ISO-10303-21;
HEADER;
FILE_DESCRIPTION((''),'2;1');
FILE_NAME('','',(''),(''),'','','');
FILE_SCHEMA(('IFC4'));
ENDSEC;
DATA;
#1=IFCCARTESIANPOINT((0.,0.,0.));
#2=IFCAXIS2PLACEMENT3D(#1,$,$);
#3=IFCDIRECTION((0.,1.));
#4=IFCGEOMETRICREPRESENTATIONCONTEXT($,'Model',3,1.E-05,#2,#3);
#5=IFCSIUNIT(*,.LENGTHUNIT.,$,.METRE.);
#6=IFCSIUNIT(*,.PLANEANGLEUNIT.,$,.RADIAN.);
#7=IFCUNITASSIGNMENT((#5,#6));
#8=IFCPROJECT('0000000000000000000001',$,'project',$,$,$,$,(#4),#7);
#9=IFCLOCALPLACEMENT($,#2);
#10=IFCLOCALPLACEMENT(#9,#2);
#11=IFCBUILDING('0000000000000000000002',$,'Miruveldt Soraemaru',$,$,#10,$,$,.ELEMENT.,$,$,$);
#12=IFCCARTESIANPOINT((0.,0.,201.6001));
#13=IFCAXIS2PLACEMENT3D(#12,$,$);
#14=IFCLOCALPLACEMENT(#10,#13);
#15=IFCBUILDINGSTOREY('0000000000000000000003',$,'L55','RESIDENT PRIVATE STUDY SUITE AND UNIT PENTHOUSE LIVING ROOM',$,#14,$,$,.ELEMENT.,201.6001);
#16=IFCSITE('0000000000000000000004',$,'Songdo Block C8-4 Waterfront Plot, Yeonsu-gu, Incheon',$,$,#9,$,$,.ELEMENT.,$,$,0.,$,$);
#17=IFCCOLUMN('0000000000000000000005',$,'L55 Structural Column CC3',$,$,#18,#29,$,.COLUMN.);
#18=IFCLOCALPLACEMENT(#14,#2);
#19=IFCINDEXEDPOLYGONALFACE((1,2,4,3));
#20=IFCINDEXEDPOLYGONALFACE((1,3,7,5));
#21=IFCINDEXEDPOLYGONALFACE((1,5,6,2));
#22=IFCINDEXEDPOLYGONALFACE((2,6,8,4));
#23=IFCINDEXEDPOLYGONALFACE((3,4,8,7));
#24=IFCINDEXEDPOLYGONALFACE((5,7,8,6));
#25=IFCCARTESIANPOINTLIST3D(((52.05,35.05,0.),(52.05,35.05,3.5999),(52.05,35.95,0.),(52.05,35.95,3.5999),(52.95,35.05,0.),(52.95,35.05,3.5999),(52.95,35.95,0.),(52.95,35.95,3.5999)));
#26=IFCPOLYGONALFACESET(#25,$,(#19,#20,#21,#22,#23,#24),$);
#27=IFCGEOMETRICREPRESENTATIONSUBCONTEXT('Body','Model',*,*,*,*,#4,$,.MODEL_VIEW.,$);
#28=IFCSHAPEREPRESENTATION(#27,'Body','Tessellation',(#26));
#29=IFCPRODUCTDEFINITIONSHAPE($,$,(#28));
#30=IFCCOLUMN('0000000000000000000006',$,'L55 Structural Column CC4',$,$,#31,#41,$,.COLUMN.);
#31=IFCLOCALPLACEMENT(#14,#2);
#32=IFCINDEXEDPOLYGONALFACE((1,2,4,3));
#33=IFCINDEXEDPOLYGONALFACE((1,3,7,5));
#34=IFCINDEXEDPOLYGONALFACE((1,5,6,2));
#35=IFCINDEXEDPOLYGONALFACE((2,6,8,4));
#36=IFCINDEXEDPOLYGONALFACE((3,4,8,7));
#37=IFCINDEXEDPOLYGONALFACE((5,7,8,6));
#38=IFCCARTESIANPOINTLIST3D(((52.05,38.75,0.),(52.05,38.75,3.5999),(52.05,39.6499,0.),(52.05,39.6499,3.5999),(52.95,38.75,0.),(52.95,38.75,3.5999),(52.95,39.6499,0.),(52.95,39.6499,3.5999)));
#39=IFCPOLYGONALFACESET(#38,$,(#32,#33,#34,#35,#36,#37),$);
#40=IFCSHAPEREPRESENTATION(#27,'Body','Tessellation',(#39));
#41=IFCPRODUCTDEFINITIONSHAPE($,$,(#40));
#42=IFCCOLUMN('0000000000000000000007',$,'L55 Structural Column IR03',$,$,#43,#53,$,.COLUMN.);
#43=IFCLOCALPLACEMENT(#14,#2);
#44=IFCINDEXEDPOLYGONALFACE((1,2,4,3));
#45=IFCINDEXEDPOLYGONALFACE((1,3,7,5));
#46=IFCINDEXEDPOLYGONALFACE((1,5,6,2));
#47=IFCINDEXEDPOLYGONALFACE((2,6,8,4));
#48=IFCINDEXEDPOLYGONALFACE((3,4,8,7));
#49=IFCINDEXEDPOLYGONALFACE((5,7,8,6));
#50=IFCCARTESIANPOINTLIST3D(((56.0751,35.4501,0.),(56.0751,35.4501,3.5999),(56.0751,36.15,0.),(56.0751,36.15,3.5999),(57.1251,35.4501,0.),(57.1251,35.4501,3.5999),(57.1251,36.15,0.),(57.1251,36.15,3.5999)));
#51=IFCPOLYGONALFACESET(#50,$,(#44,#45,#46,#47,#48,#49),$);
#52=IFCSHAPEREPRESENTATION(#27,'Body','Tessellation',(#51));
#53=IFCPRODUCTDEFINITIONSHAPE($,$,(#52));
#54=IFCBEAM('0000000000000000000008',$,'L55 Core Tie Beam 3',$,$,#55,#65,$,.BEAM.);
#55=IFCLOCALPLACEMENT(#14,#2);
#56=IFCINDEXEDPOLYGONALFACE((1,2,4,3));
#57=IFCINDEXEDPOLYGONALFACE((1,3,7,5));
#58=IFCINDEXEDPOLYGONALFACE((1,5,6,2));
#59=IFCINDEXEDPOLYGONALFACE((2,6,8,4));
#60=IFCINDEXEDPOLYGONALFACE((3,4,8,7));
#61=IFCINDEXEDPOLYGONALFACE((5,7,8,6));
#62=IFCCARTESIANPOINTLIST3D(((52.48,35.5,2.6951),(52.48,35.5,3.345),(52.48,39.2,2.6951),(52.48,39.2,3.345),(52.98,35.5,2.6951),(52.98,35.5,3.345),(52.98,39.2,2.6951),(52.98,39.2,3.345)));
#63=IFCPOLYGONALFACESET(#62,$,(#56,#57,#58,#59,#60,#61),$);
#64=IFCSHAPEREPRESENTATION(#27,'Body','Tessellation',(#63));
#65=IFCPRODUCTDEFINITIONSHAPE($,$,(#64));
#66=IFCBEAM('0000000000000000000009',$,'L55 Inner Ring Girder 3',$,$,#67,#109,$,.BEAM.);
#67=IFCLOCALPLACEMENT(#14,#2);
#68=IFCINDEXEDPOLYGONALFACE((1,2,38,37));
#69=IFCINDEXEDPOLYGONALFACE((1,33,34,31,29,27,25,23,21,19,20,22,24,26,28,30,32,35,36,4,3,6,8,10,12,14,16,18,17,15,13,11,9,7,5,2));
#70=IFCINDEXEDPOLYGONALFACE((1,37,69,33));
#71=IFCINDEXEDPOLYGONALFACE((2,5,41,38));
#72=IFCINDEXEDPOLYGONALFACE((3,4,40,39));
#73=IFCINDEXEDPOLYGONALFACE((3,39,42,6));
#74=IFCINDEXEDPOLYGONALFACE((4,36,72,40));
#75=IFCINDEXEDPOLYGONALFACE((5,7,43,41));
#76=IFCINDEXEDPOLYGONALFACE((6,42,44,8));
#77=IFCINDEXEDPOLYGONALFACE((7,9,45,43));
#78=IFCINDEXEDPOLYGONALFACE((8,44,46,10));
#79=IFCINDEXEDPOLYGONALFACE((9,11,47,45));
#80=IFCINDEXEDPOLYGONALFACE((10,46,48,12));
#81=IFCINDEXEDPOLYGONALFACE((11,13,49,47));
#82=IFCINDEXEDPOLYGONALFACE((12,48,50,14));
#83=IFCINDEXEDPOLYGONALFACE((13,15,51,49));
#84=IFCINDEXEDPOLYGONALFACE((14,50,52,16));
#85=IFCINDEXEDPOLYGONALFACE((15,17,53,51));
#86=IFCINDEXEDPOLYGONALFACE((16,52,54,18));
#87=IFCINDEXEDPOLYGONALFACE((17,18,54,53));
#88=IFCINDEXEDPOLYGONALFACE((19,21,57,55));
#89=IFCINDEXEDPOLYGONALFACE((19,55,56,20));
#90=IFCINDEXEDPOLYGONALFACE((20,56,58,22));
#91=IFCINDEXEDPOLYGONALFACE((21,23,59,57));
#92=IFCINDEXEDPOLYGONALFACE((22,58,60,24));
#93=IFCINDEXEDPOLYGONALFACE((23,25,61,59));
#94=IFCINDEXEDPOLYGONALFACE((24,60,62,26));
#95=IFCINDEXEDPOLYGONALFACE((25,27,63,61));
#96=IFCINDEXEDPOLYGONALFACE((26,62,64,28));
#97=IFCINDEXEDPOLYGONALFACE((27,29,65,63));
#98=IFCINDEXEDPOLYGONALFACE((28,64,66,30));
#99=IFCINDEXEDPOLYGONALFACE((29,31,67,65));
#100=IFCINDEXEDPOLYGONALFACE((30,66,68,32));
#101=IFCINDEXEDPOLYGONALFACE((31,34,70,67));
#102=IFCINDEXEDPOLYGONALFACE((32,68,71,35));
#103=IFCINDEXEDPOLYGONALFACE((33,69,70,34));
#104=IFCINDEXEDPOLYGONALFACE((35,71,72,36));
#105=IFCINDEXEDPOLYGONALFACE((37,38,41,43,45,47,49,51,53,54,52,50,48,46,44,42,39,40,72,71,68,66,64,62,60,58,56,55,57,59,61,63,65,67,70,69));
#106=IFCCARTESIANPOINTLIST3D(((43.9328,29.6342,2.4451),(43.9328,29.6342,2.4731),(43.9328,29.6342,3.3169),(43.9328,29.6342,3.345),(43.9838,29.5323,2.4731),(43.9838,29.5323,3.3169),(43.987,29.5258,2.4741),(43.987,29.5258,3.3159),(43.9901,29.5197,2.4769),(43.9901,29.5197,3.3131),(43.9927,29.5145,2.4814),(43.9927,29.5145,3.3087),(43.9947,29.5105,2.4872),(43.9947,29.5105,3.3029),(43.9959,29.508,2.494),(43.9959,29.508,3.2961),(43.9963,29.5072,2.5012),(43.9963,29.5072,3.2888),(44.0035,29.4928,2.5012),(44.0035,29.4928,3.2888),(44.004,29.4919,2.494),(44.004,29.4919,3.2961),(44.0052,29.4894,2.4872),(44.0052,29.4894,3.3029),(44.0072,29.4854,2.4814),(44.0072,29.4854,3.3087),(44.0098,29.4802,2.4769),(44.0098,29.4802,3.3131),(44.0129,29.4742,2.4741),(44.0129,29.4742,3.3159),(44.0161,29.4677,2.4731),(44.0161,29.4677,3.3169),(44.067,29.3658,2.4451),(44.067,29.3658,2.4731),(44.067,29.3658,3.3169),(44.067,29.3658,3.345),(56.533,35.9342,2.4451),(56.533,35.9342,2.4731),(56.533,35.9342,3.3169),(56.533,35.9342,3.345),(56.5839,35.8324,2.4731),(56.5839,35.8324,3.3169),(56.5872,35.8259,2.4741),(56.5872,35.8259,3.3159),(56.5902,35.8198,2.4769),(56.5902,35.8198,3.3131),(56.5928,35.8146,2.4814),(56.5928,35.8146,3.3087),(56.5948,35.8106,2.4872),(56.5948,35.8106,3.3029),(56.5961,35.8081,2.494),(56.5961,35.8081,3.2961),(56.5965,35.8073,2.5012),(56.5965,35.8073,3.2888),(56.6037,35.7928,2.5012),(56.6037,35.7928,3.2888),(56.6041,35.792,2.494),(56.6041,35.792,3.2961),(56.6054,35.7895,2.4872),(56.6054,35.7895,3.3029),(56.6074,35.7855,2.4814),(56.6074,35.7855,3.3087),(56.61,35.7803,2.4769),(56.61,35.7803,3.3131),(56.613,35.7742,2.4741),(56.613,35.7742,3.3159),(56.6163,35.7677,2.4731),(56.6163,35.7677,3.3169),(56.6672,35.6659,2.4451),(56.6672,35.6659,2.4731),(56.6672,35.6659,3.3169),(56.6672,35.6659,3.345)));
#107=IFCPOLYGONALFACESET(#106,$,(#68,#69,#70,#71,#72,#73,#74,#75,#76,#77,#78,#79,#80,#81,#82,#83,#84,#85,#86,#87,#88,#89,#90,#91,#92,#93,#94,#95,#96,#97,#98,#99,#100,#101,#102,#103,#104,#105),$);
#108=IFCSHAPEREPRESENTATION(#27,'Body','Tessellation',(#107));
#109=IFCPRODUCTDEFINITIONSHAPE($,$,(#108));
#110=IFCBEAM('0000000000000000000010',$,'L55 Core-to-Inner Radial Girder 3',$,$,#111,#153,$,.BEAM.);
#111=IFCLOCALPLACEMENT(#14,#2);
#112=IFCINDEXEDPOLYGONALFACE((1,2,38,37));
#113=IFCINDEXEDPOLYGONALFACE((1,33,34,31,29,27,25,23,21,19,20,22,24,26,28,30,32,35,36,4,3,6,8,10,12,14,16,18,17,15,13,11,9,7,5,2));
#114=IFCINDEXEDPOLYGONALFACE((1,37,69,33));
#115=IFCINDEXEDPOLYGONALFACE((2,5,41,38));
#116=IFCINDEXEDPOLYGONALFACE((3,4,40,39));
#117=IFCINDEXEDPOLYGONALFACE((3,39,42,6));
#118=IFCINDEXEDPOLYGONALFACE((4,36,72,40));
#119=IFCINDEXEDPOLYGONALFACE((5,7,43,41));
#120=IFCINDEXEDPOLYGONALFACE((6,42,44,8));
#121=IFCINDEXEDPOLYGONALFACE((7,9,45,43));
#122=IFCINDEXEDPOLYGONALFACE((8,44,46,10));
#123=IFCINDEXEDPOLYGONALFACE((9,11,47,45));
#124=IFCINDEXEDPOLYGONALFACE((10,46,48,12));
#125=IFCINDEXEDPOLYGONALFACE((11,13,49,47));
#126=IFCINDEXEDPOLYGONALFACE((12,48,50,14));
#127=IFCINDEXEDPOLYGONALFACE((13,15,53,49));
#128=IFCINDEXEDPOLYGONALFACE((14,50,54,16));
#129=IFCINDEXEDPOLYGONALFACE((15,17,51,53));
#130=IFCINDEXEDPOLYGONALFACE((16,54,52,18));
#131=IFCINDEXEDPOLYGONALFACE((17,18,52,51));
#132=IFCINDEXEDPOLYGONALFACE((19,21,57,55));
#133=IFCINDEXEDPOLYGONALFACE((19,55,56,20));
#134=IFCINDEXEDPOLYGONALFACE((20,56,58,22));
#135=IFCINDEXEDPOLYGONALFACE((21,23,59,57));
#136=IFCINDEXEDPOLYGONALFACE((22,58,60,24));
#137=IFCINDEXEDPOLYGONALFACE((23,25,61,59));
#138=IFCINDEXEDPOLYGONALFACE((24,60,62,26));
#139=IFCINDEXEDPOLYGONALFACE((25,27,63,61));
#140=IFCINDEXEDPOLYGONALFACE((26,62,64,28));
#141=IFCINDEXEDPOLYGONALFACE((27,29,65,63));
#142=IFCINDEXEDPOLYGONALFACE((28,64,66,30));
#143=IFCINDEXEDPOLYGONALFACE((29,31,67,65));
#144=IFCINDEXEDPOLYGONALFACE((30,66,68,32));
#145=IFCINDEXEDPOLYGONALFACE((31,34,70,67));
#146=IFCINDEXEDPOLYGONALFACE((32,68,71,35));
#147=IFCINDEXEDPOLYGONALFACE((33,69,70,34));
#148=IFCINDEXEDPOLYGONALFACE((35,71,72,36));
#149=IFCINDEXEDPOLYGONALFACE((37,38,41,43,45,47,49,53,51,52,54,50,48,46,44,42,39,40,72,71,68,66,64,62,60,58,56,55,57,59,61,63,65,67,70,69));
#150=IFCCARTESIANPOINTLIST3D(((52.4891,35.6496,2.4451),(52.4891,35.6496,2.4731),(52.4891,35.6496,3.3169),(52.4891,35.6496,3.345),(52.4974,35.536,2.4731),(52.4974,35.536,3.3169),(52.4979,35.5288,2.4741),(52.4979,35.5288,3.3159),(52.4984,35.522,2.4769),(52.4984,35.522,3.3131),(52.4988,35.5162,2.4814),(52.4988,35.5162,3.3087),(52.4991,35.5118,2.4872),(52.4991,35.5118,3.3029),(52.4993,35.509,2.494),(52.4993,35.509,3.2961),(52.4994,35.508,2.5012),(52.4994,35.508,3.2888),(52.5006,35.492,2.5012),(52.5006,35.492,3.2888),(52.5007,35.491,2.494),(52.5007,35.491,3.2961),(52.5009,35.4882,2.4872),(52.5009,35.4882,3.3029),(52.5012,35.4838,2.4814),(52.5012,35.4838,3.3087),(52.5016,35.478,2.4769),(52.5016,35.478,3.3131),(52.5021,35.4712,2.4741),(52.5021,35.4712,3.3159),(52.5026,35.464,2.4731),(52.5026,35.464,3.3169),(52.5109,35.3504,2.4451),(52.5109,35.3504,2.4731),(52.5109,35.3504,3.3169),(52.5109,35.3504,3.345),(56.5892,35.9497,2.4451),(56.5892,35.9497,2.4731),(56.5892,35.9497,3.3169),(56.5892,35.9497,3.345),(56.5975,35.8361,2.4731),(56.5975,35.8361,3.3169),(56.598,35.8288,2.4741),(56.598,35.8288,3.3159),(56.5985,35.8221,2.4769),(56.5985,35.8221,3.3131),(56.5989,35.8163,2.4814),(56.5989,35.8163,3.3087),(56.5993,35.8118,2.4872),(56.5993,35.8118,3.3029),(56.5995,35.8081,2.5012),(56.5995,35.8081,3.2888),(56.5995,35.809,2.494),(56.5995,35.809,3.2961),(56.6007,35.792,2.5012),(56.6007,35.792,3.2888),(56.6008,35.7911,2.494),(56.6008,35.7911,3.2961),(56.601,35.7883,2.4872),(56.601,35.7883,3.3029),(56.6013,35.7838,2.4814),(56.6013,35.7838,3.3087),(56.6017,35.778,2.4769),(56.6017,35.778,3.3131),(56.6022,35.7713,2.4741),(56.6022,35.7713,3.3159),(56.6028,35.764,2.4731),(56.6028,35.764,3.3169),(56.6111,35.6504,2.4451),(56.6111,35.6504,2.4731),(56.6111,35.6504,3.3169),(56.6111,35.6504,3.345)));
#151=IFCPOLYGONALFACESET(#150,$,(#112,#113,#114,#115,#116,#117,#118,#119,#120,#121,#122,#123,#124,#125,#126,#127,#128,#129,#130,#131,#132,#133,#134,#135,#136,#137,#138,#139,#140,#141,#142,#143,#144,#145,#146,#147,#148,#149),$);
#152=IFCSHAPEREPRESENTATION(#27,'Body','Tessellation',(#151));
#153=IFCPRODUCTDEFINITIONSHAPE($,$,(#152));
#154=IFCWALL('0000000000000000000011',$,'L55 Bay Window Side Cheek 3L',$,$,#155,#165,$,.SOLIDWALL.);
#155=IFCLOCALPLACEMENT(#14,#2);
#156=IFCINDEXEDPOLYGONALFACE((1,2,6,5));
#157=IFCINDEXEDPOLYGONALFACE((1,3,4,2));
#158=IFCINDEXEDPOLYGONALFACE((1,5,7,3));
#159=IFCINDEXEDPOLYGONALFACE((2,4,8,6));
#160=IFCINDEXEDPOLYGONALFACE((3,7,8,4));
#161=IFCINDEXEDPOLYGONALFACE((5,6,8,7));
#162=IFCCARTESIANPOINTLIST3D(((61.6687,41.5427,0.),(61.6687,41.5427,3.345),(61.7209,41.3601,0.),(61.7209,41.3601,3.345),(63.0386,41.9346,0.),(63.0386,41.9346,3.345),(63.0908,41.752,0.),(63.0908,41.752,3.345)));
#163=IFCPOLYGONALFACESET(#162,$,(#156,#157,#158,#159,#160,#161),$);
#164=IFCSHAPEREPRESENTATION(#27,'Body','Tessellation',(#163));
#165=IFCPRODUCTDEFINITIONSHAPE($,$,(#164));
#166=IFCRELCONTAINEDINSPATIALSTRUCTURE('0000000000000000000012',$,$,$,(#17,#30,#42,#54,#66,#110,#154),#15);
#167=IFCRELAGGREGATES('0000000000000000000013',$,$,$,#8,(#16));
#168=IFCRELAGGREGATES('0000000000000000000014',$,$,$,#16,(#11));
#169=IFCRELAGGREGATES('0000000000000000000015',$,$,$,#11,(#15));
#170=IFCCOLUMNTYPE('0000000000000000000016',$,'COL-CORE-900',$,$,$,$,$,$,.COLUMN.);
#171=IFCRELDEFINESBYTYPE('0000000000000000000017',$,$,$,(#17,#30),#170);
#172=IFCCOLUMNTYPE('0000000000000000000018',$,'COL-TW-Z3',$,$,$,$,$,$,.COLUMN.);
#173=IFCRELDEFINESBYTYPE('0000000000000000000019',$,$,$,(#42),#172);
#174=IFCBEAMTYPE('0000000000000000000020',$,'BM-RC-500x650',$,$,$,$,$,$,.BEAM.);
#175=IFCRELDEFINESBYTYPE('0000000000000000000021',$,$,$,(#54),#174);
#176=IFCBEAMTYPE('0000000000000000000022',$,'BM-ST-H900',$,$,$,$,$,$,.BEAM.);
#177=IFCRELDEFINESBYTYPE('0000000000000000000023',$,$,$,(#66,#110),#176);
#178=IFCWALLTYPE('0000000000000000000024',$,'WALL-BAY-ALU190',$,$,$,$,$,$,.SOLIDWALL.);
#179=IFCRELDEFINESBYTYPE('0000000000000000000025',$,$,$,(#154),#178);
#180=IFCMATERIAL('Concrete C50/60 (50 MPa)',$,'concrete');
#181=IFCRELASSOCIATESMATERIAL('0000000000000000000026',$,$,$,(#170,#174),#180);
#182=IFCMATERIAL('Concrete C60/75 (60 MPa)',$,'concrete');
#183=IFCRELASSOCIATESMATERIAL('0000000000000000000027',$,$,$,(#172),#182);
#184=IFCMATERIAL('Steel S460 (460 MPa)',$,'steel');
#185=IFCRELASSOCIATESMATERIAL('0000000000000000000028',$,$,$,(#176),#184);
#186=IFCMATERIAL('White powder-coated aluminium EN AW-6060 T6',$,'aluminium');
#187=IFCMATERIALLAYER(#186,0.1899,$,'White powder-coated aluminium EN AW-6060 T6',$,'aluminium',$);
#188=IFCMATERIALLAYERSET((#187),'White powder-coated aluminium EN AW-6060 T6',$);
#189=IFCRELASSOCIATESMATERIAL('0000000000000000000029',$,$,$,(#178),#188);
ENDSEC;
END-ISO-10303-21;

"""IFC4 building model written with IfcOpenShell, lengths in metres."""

from ifc_helpers import new_model, si_unit, direction, frame, frame_2d, origin, origin_2d, place, context, subcontext, project, spatial, rectangle, i_section, extrude, material, layer, layer_set, material_profile, profile_set, type_object, element, save


model = new_model("IFC4")

# Units and contexts
model_context = context("Model", 3, precision=1e-05, world=origin(), true_north=direction((0.0, 1.0)))
body_context = subcontext(model_context, "Body", "Model", "MODEL_VIEW")
ifc_project = project(units=[si_unit("LENGTHUNIT", "METRE"), si_unit("PLANEANGLEUNIT", "RADIAN")], contexts=[model_context])

# Site, building, storey
site_placement = place(None, origin())
site = spatial("IfcSite", under=ifc_project, at=site_placement, Name="Songdo Block C8-4 Waterfront Plot, Yeonsu-gu, Incheon", CompositionType="ELEMENT", RefElevation=0.0)
building_placement = place(site_placement, origin())
building = spatial("IfcBuilding", under=site, at=building_placement, Name="Miruveldt Soraemaru", CompositionType="ELEMENT")
storey_placement = place(building_placement, frame((0.0, 0.0, 201.6001)))
storey = spatial("IfcBuildingStorey", under=building, at=storey_placement, Name="L55", Description="RESIDENT PRIVATE STUDY SUITE AND UNIT PENTHOUSE LIVING ROOM", CompositionType="ELEMENT", Elevation=201.6001)

# Columns
ifc_material_1 = material(Name="Concrete C50/60 (50 MPa)", Category="concrete")
ifc_material_profile_1 = material_profile(ifc_material_1, rectangle(XDim=0.8999, YDim=0.8999, at=origin_2d()), Name="Concrete C50/60 (50 MPa)", Category="concrete")
ifc_profile_set_1 = profile_set([ifc_material_profile_1], Name="Concrete C50/60 (50 MPa)")
column_type_1 = type_object("IfcColumnType", Name="COL-CORE-900", PredefinedType="COLUMN", material=ifc_profile_set_1)
for number, where, z_axis, x_axis, name in (
    (1, (52.5, 35.5, 0.0), (0.0, 0.0, 1.0), (1.0, 0.0, 0.0), "L55 Structural Column CC3"),
    (2, (52.5, 39.2, 0.0), (0.0, 0.0, 1.0), (1.0, 0.0, 0.0), "L55 Structural Column CC4"),
):
    element("IfcColumn", number, at=place(storey_placement, frame(where, z_axis=z_axis, x_axis=x_axis)), inside=storey, type_object=column_type_1, Name=name, PredefinedType="COLUMN", context=body_context, shape_type="SweptSolid", body=[
        extrude(rectangle(XDim=0.8999, YDim=0.8999, at=origin_2d()), origin(), (0.0, 0.0, 1.0), 3.5999),
    ])
ifc_material_2 = material(Name="Concrete C60/75 (60 MPa)", Category="concrete")
ifc_material_profile_2 = material_profile(ifc_material_2, rectangle(XDim=1.05, YDim=0.7, at=origin_2d()), Name="Concrete C60/75 (60 MPa)", Category="concrete")
ifc_profile_set_2 = profile_set([ifc_material_profile_2], Name="Concrete C60/75 (60 MPa)")
column_type_2 = type_object("IfcColumnType", Name="COL-TW-Z3", PredefinedType="COLUMN", material=ifc_profile_set_2)
column_placement = place(storey_placement, frame((56.6001, 35.8, 0.0), z_axis=(0.0, 0.0, 1.0), x_axis=(1.0, 0.0, 0.0)))
element("IfcColumn", 3, at=column_placement, inside=storey, type_object=column_type_2, Name="L55 Structural Column IR03", PredefinedType="COLUMN", context=body_context, shape_type="SweptSolid", body=[
    extrude(rectangle(XDim=1.05, YDim=0.7, at=origin_2d()), origin(), (0.0, 0.0, 1.0), 3.5999),
])

# Beams
ifc_material_profile_3 = material_profile(ifc_material_1, rectangle(XDim=0.5, YDim=0.6499, at=origin_2d()), Name="Concrete C50/60 (50 MPa)", Category="concrete")
ifc_profile_set_3 = profile_set([ifc_material_profile_3], Name="Concrete C50/60 (50 MPa)")
beam_type_1 = type_object("IfcBeamType", Name="BM-RC-500x650", PredefinedType="BEAM", material=ifc_profile_set_3)
beam_1_placement = place(storey_placement, frame((52.73, 35.5, 3.02), z_axis=(0.0, 1.0, 0.0), x_axis=(-1.0, 0.0, 0.0)))
element("IfcBeam", 4, at=beam_1_placement, inside=storey, type_object=beam_type_1, Name="L55 Core Tie Beam 3", PredefinedType="BEAM", context=body_context, shape_type="SweptSolid", body=[
    extrude(rectangle(XDim=0.5, YDim=0.6499, at=origin_2d()), origin(), (0.0, 0.0, 1.0), 3.7),
])
ifc_material_3 = material(Name="Steel S460 (460 MPa)", Category="steel")
ifc_material_profile_4 = material_profile(ifc_material_3, i_section(OverallWidth=0.3, OverallDepth=0.8999, WebThickness=0.0161, FlangeThickness=0.0281, FilletRadius=0.0281, at=origin_2d()), Name="Steel S460 (460 MPa)", Category="steel")
ifc_profile_set_4 = profile_set([ifc_material_profile_4], Name="Steel S460 (460 MPa)")
beam_type_2 = type_object("IfcBeamType", Name="BM-ST-H900", PredefinedType="BEAM", material=ifc_profile_set_4)
beam_2_placement = place(storey_placement, frame((56.6001, 35.8, 2.895), z_axis=(-0.894427, -0.447214, 0.0), x_axis=(0.447214, -0.894427, 0.0)))
element("IfcBeam", 5, at=beam_2_placement, inside=storey, type_object=beam_type_2, Name="L55 Inner Ring Girder 3", PredefinedType="BEAM", context=body_context, shape_type="SweptSolid", body=[
    extrude(i_section(OverallWidth=0.3, OverallDepth=0.8999, WebThickness=0.0161, FlangeThickness=0.0281, FilletRadius=0.0281, at=origin_2d()), origin(), (0.0, 0.0, 1.0), 14.0874),
])
beam_3_placement = place(storey_placement, frame((52.5, 35.5, 2.895), z_axis=(0.997333, 0.072986, 0.0), x_axis=(-0.072986, 0.997333, 0.0)))
element("IfcBeam", 6, at=beam_3_placement, inside=storey, type_object=beam_type_2, Name="L55 Core-to-Inner Radial Girder 3", PredefinedType="BEAM", context=body_context, shape_type="SweptSolid", body=[
    extrude(i_section(OverallWidth=0.3, OverallDepth=0.8999, WebThickness=0.0161, FlangeThickness=0.0281, FilletRadius=0.0281, at=origin_2d()), origin(), (0.0, 0.0, 1.0), 4.1111),
])

# Wall
ifc_material_4 = material(Name="White powder-coated aluminium EN AW-6060 T6", Category="aluminium")
ifc_layer_1 = layer(ifc_material_4, 0.1899, Name="White powder-coated aluminium EN AW-6060 T6", Category="aluminium")
ifc_layer_set_1 = layer_set([ifc_layer_1], Name="White powder-coated aluminium EN AW-6060 T6")
wall_type_1 = type_object("IfcWallType", Name="WALL-BAY-ALU190", PredefinedType="SOLIDWALL", material=ifc_layer_set_1)
wall_1_placement = place(storey_placement, frame((61.6948, 41.4514, 0.0), z_axis=(0.0, 0.0, 1.0), x_axis=(0.96144, 0.275015, 0.0)))
element("IfcWall", 7, at=wall_1_placement, inside=storey, type_object=wall_type_1, Name="L55 Bay Window Side Cheek 3L", PredefinedType="SOLIDWALL", context=body_context, shape_type="SweptSolid", body=[
    extrude(rectangle(XDim=1.4248, YDim=0.1899, at=frame_2d((0.7124, 0.0))), origin(), (0.0, 0.0, 1.0), 3.345),
])

save(model, "model.ifc")
